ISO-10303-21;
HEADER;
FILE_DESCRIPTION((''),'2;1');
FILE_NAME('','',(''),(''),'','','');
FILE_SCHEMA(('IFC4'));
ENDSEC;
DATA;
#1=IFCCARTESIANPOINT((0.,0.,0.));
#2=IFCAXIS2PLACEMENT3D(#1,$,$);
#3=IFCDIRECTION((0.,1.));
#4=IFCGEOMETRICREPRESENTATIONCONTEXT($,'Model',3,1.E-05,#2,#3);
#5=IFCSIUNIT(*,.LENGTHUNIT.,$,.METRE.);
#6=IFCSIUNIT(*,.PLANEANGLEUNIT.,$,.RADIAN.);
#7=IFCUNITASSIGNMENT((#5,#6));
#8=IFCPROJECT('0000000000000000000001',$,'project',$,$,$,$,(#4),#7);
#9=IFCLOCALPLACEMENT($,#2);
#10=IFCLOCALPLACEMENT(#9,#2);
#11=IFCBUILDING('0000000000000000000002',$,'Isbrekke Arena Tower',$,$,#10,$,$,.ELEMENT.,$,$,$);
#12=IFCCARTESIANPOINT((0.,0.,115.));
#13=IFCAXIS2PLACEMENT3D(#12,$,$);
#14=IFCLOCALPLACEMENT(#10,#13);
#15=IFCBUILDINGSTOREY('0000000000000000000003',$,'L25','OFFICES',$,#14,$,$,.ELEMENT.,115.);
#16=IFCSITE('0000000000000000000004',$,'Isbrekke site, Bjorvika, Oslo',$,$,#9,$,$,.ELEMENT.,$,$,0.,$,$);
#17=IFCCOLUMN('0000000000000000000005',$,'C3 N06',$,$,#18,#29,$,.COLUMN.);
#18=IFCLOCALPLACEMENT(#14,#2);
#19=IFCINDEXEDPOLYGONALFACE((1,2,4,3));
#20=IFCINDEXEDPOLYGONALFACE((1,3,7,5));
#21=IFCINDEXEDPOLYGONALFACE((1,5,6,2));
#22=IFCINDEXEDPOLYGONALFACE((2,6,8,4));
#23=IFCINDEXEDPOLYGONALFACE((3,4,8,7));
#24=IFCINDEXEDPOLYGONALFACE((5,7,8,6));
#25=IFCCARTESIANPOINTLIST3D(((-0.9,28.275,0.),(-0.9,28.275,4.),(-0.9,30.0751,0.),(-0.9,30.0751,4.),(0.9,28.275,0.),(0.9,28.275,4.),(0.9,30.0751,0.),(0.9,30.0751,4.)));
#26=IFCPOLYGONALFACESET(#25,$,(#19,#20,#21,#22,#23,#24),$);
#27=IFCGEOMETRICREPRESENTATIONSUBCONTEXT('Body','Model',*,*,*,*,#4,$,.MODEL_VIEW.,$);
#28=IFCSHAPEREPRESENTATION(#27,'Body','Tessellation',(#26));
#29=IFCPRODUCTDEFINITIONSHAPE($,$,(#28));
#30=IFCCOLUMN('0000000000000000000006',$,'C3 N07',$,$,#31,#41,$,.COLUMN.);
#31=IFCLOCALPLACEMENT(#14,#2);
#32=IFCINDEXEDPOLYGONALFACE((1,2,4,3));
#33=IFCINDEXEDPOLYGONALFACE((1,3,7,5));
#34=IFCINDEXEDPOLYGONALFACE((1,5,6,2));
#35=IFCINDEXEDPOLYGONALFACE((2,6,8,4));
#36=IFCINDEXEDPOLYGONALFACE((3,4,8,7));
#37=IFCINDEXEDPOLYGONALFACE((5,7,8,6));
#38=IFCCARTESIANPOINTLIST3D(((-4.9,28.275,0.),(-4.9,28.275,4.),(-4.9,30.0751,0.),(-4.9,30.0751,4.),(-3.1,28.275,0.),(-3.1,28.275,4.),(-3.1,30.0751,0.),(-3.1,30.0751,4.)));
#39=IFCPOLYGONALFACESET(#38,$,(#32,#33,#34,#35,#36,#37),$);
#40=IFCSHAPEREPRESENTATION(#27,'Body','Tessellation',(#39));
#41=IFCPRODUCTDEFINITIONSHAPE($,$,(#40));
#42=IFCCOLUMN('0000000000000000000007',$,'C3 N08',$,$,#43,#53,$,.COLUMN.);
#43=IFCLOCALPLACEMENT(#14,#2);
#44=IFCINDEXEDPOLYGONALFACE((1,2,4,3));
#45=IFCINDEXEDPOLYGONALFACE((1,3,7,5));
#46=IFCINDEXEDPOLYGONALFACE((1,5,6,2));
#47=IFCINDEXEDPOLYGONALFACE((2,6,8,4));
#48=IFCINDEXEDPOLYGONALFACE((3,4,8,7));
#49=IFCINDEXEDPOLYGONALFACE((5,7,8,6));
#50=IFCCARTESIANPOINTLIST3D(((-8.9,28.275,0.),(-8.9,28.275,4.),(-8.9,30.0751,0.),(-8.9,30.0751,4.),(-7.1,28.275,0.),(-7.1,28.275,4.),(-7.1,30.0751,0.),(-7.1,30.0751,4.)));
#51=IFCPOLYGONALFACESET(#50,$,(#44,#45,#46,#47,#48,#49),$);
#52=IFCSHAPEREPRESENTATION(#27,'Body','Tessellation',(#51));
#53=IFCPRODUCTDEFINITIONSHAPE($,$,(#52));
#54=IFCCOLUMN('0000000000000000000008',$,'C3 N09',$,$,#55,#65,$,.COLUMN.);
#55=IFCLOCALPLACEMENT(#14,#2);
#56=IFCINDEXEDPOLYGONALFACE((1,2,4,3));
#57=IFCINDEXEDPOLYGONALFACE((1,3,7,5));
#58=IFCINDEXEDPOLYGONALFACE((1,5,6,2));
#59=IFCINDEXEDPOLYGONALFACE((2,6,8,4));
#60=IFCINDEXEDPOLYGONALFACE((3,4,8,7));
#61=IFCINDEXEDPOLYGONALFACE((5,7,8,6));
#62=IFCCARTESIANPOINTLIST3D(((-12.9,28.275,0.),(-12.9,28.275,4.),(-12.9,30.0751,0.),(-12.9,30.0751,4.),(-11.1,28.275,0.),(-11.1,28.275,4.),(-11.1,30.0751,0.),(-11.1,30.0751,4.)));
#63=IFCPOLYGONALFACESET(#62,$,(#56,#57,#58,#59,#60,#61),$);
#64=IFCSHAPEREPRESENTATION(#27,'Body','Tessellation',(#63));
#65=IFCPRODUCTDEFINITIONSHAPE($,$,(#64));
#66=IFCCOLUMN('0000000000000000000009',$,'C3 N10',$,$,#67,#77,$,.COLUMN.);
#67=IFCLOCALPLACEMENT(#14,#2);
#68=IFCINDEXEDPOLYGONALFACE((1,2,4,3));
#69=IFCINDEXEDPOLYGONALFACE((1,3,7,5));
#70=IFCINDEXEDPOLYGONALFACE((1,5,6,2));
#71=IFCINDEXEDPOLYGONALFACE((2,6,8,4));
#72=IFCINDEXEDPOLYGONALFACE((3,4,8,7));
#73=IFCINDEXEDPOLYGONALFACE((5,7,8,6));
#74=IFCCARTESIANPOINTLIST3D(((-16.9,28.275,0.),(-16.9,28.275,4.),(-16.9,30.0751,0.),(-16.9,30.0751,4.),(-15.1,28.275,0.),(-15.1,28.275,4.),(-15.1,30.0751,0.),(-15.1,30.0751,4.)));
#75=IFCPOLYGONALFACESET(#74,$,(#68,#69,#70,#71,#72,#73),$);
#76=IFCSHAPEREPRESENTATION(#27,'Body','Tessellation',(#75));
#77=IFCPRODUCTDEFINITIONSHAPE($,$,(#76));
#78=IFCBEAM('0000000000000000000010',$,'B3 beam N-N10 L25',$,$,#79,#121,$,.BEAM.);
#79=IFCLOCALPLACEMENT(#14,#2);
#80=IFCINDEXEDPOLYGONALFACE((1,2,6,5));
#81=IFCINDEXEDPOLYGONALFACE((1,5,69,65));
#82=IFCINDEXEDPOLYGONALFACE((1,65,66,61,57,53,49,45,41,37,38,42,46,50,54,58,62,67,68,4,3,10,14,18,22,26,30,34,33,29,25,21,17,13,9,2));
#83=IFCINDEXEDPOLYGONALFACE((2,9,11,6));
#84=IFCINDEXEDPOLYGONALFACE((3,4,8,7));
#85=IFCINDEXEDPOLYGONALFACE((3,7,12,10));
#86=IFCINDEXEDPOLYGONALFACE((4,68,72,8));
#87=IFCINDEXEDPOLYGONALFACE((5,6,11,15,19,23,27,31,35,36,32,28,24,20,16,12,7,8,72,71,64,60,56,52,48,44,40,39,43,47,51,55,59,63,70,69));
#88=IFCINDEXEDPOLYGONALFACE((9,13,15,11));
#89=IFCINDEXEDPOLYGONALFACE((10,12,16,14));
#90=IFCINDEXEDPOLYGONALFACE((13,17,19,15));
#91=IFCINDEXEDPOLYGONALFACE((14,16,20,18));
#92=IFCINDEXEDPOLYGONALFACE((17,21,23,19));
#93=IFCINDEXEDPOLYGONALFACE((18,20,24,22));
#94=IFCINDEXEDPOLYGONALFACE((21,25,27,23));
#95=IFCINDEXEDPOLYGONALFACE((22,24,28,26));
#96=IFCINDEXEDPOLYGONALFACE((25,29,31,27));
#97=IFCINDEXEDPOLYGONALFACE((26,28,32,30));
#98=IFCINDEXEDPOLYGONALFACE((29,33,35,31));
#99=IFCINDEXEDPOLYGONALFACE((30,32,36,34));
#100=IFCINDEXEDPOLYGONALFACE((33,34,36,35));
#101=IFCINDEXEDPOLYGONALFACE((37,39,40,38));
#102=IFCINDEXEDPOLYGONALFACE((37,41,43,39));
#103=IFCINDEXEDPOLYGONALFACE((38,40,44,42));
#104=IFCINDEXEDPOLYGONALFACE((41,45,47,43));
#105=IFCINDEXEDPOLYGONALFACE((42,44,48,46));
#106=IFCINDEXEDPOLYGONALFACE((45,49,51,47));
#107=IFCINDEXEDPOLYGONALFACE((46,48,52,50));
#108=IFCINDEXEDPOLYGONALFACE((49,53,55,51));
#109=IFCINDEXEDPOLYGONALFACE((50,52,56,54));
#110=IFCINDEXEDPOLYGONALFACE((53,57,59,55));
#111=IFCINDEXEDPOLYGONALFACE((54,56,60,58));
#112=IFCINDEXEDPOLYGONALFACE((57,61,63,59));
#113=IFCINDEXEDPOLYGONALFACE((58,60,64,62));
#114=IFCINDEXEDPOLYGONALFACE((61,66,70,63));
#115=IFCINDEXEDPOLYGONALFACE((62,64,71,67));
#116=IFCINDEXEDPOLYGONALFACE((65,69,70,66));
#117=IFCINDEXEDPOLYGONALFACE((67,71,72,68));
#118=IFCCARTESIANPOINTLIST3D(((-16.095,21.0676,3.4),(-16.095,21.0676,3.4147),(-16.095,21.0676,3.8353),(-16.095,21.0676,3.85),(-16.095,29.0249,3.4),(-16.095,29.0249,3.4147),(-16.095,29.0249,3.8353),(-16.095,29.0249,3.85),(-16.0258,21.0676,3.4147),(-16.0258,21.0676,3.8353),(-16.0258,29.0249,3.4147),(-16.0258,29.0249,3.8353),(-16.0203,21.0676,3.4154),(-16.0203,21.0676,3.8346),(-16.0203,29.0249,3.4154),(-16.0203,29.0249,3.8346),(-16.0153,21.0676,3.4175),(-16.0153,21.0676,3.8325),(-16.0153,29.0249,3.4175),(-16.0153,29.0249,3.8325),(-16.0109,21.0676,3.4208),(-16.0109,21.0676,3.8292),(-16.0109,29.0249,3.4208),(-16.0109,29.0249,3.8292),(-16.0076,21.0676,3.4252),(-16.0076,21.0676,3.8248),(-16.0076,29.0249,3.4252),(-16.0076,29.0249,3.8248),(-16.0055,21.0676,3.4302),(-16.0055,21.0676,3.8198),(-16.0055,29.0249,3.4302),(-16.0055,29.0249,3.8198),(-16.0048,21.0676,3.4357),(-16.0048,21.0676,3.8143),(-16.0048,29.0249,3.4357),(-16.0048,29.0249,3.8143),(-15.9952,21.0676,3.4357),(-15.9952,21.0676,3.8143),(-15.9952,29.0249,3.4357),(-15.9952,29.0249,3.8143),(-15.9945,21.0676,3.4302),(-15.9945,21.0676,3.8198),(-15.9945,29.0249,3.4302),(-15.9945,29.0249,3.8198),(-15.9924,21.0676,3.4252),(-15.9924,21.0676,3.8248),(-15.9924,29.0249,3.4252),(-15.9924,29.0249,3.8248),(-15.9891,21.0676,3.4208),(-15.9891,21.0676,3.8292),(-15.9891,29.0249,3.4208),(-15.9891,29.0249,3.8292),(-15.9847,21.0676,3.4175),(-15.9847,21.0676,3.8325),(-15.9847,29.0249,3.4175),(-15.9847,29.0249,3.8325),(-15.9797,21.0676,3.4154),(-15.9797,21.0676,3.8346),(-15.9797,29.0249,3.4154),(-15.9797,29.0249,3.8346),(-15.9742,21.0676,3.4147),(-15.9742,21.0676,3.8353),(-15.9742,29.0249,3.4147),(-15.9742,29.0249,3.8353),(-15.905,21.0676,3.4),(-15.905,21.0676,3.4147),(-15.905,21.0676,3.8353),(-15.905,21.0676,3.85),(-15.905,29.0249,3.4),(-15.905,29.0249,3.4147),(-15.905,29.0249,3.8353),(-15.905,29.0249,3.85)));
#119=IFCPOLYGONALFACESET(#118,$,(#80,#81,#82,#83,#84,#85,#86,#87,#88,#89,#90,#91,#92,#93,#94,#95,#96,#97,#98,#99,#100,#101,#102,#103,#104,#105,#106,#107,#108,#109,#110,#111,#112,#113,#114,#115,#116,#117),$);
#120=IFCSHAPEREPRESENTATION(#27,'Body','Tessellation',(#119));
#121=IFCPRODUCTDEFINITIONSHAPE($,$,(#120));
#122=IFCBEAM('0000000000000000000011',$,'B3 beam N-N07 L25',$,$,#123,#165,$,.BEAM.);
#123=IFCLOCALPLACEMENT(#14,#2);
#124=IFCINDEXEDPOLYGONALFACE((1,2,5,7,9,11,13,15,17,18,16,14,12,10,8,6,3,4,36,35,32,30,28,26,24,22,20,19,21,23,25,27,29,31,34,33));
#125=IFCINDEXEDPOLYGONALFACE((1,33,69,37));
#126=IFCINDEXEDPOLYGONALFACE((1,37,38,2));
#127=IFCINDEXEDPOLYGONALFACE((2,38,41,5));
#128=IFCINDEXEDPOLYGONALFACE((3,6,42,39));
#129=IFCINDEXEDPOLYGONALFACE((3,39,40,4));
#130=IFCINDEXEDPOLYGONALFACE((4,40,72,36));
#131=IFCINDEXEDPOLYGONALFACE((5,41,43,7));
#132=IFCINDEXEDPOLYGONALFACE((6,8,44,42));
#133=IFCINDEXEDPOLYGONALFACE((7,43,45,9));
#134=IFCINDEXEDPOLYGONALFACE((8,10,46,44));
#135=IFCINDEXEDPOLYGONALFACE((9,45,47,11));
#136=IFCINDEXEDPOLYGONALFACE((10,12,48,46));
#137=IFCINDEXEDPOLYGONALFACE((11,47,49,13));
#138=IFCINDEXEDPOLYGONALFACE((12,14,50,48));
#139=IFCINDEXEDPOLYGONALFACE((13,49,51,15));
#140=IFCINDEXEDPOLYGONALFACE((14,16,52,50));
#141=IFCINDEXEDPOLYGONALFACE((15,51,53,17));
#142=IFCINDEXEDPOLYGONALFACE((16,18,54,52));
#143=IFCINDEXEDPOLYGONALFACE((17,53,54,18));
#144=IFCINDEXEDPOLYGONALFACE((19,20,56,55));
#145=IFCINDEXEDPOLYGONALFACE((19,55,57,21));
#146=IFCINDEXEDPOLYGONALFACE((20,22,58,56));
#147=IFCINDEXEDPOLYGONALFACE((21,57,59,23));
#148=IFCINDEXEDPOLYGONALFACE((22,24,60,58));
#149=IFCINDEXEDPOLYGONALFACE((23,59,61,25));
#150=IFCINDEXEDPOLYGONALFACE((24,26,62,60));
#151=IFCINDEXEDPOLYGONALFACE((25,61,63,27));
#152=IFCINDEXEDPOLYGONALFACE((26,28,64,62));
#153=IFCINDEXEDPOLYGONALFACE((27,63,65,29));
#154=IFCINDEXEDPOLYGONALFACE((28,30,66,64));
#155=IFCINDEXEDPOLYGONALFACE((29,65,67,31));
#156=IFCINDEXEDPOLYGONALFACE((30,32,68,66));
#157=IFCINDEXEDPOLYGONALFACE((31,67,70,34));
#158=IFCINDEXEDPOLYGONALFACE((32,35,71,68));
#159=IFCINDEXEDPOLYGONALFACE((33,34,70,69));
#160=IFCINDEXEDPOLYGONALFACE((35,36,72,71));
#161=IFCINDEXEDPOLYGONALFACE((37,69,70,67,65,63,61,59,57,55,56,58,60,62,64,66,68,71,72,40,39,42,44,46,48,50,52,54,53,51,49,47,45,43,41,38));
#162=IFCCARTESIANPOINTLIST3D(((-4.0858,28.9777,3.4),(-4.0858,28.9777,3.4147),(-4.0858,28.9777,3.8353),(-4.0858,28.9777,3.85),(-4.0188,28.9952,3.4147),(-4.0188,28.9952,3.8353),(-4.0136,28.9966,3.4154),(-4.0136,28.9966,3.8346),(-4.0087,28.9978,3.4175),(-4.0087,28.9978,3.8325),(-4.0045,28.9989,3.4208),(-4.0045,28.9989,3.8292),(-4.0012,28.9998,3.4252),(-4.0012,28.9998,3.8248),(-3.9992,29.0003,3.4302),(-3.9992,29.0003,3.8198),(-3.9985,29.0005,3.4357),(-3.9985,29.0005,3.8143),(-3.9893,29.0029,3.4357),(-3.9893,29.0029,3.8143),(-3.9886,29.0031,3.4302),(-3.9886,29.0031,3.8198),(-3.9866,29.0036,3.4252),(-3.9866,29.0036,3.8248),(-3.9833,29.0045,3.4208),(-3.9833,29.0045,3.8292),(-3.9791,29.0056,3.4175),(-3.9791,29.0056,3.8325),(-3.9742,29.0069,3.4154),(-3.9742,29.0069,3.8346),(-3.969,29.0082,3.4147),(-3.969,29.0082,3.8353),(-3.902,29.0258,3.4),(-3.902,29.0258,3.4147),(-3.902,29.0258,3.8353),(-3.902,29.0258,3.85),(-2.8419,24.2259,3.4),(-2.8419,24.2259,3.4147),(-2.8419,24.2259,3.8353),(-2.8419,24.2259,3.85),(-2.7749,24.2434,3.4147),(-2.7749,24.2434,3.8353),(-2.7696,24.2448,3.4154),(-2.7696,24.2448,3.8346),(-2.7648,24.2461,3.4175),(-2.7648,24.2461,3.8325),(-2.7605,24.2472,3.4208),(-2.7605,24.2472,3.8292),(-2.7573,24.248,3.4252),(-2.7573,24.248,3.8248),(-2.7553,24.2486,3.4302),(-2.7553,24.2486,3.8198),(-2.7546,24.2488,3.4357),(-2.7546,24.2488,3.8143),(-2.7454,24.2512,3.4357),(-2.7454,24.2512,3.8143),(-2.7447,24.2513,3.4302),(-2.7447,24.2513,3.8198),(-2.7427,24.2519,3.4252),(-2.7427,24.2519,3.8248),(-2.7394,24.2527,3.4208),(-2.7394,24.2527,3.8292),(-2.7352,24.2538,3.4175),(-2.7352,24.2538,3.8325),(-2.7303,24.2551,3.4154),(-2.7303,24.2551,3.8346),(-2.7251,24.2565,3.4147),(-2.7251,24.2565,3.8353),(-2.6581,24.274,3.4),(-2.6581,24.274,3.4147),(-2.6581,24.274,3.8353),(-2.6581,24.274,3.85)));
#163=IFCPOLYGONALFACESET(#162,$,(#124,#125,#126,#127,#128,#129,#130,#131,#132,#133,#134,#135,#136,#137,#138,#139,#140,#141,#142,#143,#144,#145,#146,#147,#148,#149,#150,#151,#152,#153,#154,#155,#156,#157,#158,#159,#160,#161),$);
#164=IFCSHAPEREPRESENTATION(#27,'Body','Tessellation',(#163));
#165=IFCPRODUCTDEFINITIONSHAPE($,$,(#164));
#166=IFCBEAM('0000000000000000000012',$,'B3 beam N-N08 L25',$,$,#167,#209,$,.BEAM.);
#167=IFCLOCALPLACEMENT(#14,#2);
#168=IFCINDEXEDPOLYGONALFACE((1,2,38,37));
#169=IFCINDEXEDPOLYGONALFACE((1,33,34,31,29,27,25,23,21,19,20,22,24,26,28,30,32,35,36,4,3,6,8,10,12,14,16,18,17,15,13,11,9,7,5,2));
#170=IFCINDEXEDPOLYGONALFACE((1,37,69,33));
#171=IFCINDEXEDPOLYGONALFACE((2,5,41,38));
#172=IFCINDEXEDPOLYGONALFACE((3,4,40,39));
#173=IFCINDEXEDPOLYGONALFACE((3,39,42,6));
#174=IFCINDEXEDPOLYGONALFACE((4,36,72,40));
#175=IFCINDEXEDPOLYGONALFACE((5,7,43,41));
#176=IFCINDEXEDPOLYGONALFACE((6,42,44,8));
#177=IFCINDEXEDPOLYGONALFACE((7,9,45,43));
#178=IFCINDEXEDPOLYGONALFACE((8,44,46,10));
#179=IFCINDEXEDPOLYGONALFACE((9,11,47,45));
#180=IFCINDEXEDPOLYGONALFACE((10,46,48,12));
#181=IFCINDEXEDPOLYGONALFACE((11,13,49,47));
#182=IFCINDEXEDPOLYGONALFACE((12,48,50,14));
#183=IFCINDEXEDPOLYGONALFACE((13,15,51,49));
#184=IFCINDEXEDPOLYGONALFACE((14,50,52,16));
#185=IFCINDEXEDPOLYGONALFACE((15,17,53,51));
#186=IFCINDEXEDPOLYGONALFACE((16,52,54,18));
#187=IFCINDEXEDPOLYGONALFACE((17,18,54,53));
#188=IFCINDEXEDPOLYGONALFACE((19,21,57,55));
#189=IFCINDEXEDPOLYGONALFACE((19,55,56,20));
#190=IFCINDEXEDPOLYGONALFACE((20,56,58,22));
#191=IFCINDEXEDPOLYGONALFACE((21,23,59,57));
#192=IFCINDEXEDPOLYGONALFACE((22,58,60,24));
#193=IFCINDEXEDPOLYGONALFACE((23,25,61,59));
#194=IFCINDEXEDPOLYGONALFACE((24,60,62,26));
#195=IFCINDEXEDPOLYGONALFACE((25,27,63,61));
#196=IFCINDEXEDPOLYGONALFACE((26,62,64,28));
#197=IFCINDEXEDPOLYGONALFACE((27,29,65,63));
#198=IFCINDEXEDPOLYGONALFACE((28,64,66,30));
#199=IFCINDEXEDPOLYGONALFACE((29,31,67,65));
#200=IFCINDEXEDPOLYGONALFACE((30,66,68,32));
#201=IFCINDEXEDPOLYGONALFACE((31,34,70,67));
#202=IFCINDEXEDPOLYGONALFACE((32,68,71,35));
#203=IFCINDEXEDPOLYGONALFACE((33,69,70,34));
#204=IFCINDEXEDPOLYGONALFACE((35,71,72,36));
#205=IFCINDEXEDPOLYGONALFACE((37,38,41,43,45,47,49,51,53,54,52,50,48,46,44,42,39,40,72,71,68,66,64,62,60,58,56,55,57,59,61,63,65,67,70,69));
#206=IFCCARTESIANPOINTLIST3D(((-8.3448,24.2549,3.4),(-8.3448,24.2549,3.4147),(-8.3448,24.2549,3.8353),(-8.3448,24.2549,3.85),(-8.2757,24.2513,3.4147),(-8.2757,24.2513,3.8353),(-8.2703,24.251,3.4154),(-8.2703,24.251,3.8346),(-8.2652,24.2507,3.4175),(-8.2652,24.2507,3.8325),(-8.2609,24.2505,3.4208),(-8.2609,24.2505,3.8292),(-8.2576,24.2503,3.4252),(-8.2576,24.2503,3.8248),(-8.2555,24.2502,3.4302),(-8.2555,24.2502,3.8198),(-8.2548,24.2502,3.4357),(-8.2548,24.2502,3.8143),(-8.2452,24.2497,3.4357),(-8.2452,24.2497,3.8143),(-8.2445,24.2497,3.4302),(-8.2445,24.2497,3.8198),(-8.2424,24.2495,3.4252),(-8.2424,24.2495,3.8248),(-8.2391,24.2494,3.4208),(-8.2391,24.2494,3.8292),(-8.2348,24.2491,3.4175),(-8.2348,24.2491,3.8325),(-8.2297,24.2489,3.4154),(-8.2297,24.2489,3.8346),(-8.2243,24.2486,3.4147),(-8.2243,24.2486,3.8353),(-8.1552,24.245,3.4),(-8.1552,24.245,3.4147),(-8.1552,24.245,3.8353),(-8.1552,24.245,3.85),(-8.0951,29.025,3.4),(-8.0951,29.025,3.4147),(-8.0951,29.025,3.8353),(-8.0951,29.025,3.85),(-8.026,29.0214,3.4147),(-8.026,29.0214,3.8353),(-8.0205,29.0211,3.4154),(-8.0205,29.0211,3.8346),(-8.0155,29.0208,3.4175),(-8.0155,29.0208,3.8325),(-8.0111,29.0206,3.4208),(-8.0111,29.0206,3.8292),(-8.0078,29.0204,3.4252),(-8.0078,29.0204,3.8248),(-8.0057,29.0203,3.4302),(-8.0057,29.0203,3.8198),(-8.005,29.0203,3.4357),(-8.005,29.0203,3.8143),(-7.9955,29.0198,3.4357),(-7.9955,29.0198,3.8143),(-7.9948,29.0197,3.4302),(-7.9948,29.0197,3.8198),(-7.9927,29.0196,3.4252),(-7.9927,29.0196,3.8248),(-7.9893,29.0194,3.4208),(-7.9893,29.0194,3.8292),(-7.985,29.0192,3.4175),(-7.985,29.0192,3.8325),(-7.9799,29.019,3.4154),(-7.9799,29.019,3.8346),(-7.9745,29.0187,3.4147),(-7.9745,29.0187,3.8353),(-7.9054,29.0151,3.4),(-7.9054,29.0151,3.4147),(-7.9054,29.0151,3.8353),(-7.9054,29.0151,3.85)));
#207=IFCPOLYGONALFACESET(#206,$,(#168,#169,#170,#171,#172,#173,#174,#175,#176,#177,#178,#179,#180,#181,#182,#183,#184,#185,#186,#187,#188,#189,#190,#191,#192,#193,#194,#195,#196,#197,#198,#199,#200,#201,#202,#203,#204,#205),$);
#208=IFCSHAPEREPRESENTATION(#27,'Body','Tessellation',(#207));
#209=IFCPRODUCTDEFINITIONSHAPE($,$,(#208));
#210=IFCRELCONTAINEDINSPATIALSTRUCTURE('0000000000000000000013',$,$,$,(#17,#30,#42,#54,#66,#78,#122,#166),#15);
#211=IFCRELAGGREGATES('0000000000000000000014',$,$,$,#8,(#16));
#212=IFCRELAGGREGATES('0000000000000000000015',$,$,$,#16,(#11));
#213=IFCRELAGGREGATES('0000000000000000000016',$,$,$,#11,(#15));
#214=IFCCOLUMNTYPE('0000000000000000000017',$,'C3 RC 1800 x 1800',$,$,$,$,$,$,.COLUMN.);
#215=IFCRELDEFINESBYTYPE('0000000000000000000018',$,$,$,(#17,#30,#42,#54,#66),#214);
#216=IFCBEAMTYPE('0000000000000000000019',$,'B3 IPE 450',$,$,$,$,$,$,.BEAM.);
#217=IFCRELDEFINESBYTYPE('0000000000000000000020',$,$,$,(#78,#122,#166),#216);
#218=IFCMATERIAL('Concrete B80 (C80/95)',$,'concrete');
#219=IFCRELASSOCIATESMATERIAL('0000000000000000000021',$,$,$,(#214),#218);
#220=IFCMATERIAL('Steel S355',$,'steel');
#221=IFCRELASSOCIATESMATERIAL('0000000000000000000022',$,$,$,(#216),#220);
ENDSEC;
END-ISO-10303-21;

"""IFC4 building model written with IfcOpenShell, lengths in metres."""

from ifc_helpers import new_model, si_unit, direction, frame, origin, origin_2d, place, context, subcontext, project, spatial, rectangle, i_section, extrude, material, material_profile, profile_set, type_object, element, save


model = new_model("IFC4")

# Units and contexts
model_context = context("Model", 3, precision=1e-05, world=origin(), true_north=direction((0.0, 1.0)))
body_context = subcontext(model_context, "Body", "Model", "MODEL_VIEW")
ifc_project = project(units=[si_unit("LENGTHUNIT", "METRE"), si_unit("PLANEANGLEUNIT", "RADIAN")], contexts=[model_context])

# Site, building, storey
site_placement = place(None, origin())
site = spatial("IfcSite", under=ifc_project, at=site_placement, Name="Isbrekke site, Bjorvika, Oslo", CompositionType="ELEMENT", RefElevation=0.0)
building_placement = place(site_placement, origin())
building = spatial("IfcBuilding", under=site, at=building_placement, Name="Isbrekke Arena Tower", CompositionType="ELEMENT")
storey_placement = place(building_placement, frame((0.0, 0.0, 115.0)))
storey = spatial("IfcBuildingStorey", under=building, at=storey_placement, Name="L25", Description="OFFICES", CompositionType="ELEMENT", Elevation=115.0)

# Columns
ifc_material_1 = material(Name="Concrete B80 (C80/95)", Category="concrete")
ifc_material_profile_1 = material_profile(ifc_material_1, rectangle(XDim=1.8, YDim=1.8, at=origin_2d()), Name="RC 1800x1800")
ifc_profile_set_1 = profile_set([ifc_material_profile_1], Name="Concrete B80 (C80/95)")
column_type = type_object("IfcColumnType", Name="C3 RC 1800 x 1800", PredefinedType="COLUMN", material=ifc_profile_set_1)
for number, where, z_axis, x_axis, name in (
    (1, (0.0, 29.175, 0.0), (0.0, 0.0, 1.0), (-1.0, 0.0, 0.0), "C3 N06"),
    (2, (-4.0, 29.175, 0.0), (0.0, 0.0, 1.0), (-1.0, 0.0, 0.0), "C3 N07"),
    (3, (-8.0, 29.175, 0.0), (0.0, 0.0, 1.0), (-1.0, 0.0, 0.0), "C3 N08"),
    (4, (-12.0, 29.175, 0.0), (0.0, 0.0, 1.0), (-1.0, 0.0, 0.0), "C3 N09"),
    (5, (-16.0, 29.175, 0.0), (0.0, 0.0, 1.0), (-1.0, 0.0, 0.0), "C3 N10"),
):
    element("IfcColumn", number, at=place(storey_placement, frame(where, z_axis=z_axis, x_axis=x_axis)), inside=storey, type_object=column_type, Name=name, PredefinedType="COLUMN", context=body_context, shape_type="SweptSolid", body=[
        extrude(rectangle(XDim=1.8, YDim=1.8, at=origin_2d()), origin(), (0.0, 0.0, 1.0), 4.0),
    ])

# Beams
ifc_material_2 = material(Name="Steel S355", Category="steel")
ifc_material_profile_2 = material_profile(ifc_material_2, i_section(OverallWidth=0.1899, OverallDepth=0.45, WebThickness=0.0095, FlangeThickness=0.0146, FilletRadius=0.021, at=origin_2d()), Name="IPE 450")
ifc_profile_set_2 = profile_set([ifc_material_profile_2], Name="Steel S355")
beam_type_1 = type_object("IfcBeamType", Name="B3 IPE 450", PredefinedType="BEAM", material=ifc_profile_set_2)
beam_1_placement = place(storey_placement, frame((-16.0, 29.0249, 3.625), z_axis=(0.0, -1.0, 0.0), x_axis=(1.0, 0.0, 0.0)))
element("IfcBeam", 6, at=beam_1_placement, inside=storey, type_object=beam_type_1, Name="B3 beam N-N10 L25", PredefinedType="BEAM", context=body_context, shape_type="SweptSolid", body=[
    extrude(i_section(OverallWidth=0.1899, OverallDepth=0.45, WebThickness=0.0095, FlangeThickness=0.0146, FilletRadius=0.021, at=origin_2d()), origin(), (0.0, 0.0, 1.0), 7.9573),
])
beam_2_placement = place(storey_placement, frame((-3.9939, 29.0017, 3.625), z_axis=(0.253245, -0.967402, 0.0), x_axis=(0.967402, 0.253245, 0.0)))
element("IfcBeam", 7, at=beam_2_placement, inside=storey, type_object=beam_type_1, Name="B3 beam N-N07 L25", PredefinedType="BEAM", context=body_context, shape_type="SweptSolid", body=[
    extrude(i_section(OverallWidth=0.1899, OverallDepth=0.45, WebThickness=0.0095, FlangeThickness=0.0146, FilletRadius=0.021, at=origin_2d()), origin(), (0.0, 0.0, 1.0), 4.9119),
])
beam_3_placement = place(storey_placement, frame((-8.0002, 29.02, 3.625), z_axis=(-0.052288, -0.998632, 0.0), x_axis=(0.998632, -0.052288, 0.0)))
element("IfcBeam", 8, at=beam_3_placement, inside=storey, type_object=beam_type_1, Name="B3 beam N-N08 L25", PredefinedType="BEAM", context=body_context, shape_type="SweptSolid", body=[
    extrude(i_section(OverallWidth=0.1899, OverallDepth=0.45, WebThickness=0.0095, FlangeThickness=0.0146, FilletRadius=0.021, at=origin_2d()), origin(), (0.0, 0.0, 1.0), 4.7766),
])

save(model, "model.ifc")
